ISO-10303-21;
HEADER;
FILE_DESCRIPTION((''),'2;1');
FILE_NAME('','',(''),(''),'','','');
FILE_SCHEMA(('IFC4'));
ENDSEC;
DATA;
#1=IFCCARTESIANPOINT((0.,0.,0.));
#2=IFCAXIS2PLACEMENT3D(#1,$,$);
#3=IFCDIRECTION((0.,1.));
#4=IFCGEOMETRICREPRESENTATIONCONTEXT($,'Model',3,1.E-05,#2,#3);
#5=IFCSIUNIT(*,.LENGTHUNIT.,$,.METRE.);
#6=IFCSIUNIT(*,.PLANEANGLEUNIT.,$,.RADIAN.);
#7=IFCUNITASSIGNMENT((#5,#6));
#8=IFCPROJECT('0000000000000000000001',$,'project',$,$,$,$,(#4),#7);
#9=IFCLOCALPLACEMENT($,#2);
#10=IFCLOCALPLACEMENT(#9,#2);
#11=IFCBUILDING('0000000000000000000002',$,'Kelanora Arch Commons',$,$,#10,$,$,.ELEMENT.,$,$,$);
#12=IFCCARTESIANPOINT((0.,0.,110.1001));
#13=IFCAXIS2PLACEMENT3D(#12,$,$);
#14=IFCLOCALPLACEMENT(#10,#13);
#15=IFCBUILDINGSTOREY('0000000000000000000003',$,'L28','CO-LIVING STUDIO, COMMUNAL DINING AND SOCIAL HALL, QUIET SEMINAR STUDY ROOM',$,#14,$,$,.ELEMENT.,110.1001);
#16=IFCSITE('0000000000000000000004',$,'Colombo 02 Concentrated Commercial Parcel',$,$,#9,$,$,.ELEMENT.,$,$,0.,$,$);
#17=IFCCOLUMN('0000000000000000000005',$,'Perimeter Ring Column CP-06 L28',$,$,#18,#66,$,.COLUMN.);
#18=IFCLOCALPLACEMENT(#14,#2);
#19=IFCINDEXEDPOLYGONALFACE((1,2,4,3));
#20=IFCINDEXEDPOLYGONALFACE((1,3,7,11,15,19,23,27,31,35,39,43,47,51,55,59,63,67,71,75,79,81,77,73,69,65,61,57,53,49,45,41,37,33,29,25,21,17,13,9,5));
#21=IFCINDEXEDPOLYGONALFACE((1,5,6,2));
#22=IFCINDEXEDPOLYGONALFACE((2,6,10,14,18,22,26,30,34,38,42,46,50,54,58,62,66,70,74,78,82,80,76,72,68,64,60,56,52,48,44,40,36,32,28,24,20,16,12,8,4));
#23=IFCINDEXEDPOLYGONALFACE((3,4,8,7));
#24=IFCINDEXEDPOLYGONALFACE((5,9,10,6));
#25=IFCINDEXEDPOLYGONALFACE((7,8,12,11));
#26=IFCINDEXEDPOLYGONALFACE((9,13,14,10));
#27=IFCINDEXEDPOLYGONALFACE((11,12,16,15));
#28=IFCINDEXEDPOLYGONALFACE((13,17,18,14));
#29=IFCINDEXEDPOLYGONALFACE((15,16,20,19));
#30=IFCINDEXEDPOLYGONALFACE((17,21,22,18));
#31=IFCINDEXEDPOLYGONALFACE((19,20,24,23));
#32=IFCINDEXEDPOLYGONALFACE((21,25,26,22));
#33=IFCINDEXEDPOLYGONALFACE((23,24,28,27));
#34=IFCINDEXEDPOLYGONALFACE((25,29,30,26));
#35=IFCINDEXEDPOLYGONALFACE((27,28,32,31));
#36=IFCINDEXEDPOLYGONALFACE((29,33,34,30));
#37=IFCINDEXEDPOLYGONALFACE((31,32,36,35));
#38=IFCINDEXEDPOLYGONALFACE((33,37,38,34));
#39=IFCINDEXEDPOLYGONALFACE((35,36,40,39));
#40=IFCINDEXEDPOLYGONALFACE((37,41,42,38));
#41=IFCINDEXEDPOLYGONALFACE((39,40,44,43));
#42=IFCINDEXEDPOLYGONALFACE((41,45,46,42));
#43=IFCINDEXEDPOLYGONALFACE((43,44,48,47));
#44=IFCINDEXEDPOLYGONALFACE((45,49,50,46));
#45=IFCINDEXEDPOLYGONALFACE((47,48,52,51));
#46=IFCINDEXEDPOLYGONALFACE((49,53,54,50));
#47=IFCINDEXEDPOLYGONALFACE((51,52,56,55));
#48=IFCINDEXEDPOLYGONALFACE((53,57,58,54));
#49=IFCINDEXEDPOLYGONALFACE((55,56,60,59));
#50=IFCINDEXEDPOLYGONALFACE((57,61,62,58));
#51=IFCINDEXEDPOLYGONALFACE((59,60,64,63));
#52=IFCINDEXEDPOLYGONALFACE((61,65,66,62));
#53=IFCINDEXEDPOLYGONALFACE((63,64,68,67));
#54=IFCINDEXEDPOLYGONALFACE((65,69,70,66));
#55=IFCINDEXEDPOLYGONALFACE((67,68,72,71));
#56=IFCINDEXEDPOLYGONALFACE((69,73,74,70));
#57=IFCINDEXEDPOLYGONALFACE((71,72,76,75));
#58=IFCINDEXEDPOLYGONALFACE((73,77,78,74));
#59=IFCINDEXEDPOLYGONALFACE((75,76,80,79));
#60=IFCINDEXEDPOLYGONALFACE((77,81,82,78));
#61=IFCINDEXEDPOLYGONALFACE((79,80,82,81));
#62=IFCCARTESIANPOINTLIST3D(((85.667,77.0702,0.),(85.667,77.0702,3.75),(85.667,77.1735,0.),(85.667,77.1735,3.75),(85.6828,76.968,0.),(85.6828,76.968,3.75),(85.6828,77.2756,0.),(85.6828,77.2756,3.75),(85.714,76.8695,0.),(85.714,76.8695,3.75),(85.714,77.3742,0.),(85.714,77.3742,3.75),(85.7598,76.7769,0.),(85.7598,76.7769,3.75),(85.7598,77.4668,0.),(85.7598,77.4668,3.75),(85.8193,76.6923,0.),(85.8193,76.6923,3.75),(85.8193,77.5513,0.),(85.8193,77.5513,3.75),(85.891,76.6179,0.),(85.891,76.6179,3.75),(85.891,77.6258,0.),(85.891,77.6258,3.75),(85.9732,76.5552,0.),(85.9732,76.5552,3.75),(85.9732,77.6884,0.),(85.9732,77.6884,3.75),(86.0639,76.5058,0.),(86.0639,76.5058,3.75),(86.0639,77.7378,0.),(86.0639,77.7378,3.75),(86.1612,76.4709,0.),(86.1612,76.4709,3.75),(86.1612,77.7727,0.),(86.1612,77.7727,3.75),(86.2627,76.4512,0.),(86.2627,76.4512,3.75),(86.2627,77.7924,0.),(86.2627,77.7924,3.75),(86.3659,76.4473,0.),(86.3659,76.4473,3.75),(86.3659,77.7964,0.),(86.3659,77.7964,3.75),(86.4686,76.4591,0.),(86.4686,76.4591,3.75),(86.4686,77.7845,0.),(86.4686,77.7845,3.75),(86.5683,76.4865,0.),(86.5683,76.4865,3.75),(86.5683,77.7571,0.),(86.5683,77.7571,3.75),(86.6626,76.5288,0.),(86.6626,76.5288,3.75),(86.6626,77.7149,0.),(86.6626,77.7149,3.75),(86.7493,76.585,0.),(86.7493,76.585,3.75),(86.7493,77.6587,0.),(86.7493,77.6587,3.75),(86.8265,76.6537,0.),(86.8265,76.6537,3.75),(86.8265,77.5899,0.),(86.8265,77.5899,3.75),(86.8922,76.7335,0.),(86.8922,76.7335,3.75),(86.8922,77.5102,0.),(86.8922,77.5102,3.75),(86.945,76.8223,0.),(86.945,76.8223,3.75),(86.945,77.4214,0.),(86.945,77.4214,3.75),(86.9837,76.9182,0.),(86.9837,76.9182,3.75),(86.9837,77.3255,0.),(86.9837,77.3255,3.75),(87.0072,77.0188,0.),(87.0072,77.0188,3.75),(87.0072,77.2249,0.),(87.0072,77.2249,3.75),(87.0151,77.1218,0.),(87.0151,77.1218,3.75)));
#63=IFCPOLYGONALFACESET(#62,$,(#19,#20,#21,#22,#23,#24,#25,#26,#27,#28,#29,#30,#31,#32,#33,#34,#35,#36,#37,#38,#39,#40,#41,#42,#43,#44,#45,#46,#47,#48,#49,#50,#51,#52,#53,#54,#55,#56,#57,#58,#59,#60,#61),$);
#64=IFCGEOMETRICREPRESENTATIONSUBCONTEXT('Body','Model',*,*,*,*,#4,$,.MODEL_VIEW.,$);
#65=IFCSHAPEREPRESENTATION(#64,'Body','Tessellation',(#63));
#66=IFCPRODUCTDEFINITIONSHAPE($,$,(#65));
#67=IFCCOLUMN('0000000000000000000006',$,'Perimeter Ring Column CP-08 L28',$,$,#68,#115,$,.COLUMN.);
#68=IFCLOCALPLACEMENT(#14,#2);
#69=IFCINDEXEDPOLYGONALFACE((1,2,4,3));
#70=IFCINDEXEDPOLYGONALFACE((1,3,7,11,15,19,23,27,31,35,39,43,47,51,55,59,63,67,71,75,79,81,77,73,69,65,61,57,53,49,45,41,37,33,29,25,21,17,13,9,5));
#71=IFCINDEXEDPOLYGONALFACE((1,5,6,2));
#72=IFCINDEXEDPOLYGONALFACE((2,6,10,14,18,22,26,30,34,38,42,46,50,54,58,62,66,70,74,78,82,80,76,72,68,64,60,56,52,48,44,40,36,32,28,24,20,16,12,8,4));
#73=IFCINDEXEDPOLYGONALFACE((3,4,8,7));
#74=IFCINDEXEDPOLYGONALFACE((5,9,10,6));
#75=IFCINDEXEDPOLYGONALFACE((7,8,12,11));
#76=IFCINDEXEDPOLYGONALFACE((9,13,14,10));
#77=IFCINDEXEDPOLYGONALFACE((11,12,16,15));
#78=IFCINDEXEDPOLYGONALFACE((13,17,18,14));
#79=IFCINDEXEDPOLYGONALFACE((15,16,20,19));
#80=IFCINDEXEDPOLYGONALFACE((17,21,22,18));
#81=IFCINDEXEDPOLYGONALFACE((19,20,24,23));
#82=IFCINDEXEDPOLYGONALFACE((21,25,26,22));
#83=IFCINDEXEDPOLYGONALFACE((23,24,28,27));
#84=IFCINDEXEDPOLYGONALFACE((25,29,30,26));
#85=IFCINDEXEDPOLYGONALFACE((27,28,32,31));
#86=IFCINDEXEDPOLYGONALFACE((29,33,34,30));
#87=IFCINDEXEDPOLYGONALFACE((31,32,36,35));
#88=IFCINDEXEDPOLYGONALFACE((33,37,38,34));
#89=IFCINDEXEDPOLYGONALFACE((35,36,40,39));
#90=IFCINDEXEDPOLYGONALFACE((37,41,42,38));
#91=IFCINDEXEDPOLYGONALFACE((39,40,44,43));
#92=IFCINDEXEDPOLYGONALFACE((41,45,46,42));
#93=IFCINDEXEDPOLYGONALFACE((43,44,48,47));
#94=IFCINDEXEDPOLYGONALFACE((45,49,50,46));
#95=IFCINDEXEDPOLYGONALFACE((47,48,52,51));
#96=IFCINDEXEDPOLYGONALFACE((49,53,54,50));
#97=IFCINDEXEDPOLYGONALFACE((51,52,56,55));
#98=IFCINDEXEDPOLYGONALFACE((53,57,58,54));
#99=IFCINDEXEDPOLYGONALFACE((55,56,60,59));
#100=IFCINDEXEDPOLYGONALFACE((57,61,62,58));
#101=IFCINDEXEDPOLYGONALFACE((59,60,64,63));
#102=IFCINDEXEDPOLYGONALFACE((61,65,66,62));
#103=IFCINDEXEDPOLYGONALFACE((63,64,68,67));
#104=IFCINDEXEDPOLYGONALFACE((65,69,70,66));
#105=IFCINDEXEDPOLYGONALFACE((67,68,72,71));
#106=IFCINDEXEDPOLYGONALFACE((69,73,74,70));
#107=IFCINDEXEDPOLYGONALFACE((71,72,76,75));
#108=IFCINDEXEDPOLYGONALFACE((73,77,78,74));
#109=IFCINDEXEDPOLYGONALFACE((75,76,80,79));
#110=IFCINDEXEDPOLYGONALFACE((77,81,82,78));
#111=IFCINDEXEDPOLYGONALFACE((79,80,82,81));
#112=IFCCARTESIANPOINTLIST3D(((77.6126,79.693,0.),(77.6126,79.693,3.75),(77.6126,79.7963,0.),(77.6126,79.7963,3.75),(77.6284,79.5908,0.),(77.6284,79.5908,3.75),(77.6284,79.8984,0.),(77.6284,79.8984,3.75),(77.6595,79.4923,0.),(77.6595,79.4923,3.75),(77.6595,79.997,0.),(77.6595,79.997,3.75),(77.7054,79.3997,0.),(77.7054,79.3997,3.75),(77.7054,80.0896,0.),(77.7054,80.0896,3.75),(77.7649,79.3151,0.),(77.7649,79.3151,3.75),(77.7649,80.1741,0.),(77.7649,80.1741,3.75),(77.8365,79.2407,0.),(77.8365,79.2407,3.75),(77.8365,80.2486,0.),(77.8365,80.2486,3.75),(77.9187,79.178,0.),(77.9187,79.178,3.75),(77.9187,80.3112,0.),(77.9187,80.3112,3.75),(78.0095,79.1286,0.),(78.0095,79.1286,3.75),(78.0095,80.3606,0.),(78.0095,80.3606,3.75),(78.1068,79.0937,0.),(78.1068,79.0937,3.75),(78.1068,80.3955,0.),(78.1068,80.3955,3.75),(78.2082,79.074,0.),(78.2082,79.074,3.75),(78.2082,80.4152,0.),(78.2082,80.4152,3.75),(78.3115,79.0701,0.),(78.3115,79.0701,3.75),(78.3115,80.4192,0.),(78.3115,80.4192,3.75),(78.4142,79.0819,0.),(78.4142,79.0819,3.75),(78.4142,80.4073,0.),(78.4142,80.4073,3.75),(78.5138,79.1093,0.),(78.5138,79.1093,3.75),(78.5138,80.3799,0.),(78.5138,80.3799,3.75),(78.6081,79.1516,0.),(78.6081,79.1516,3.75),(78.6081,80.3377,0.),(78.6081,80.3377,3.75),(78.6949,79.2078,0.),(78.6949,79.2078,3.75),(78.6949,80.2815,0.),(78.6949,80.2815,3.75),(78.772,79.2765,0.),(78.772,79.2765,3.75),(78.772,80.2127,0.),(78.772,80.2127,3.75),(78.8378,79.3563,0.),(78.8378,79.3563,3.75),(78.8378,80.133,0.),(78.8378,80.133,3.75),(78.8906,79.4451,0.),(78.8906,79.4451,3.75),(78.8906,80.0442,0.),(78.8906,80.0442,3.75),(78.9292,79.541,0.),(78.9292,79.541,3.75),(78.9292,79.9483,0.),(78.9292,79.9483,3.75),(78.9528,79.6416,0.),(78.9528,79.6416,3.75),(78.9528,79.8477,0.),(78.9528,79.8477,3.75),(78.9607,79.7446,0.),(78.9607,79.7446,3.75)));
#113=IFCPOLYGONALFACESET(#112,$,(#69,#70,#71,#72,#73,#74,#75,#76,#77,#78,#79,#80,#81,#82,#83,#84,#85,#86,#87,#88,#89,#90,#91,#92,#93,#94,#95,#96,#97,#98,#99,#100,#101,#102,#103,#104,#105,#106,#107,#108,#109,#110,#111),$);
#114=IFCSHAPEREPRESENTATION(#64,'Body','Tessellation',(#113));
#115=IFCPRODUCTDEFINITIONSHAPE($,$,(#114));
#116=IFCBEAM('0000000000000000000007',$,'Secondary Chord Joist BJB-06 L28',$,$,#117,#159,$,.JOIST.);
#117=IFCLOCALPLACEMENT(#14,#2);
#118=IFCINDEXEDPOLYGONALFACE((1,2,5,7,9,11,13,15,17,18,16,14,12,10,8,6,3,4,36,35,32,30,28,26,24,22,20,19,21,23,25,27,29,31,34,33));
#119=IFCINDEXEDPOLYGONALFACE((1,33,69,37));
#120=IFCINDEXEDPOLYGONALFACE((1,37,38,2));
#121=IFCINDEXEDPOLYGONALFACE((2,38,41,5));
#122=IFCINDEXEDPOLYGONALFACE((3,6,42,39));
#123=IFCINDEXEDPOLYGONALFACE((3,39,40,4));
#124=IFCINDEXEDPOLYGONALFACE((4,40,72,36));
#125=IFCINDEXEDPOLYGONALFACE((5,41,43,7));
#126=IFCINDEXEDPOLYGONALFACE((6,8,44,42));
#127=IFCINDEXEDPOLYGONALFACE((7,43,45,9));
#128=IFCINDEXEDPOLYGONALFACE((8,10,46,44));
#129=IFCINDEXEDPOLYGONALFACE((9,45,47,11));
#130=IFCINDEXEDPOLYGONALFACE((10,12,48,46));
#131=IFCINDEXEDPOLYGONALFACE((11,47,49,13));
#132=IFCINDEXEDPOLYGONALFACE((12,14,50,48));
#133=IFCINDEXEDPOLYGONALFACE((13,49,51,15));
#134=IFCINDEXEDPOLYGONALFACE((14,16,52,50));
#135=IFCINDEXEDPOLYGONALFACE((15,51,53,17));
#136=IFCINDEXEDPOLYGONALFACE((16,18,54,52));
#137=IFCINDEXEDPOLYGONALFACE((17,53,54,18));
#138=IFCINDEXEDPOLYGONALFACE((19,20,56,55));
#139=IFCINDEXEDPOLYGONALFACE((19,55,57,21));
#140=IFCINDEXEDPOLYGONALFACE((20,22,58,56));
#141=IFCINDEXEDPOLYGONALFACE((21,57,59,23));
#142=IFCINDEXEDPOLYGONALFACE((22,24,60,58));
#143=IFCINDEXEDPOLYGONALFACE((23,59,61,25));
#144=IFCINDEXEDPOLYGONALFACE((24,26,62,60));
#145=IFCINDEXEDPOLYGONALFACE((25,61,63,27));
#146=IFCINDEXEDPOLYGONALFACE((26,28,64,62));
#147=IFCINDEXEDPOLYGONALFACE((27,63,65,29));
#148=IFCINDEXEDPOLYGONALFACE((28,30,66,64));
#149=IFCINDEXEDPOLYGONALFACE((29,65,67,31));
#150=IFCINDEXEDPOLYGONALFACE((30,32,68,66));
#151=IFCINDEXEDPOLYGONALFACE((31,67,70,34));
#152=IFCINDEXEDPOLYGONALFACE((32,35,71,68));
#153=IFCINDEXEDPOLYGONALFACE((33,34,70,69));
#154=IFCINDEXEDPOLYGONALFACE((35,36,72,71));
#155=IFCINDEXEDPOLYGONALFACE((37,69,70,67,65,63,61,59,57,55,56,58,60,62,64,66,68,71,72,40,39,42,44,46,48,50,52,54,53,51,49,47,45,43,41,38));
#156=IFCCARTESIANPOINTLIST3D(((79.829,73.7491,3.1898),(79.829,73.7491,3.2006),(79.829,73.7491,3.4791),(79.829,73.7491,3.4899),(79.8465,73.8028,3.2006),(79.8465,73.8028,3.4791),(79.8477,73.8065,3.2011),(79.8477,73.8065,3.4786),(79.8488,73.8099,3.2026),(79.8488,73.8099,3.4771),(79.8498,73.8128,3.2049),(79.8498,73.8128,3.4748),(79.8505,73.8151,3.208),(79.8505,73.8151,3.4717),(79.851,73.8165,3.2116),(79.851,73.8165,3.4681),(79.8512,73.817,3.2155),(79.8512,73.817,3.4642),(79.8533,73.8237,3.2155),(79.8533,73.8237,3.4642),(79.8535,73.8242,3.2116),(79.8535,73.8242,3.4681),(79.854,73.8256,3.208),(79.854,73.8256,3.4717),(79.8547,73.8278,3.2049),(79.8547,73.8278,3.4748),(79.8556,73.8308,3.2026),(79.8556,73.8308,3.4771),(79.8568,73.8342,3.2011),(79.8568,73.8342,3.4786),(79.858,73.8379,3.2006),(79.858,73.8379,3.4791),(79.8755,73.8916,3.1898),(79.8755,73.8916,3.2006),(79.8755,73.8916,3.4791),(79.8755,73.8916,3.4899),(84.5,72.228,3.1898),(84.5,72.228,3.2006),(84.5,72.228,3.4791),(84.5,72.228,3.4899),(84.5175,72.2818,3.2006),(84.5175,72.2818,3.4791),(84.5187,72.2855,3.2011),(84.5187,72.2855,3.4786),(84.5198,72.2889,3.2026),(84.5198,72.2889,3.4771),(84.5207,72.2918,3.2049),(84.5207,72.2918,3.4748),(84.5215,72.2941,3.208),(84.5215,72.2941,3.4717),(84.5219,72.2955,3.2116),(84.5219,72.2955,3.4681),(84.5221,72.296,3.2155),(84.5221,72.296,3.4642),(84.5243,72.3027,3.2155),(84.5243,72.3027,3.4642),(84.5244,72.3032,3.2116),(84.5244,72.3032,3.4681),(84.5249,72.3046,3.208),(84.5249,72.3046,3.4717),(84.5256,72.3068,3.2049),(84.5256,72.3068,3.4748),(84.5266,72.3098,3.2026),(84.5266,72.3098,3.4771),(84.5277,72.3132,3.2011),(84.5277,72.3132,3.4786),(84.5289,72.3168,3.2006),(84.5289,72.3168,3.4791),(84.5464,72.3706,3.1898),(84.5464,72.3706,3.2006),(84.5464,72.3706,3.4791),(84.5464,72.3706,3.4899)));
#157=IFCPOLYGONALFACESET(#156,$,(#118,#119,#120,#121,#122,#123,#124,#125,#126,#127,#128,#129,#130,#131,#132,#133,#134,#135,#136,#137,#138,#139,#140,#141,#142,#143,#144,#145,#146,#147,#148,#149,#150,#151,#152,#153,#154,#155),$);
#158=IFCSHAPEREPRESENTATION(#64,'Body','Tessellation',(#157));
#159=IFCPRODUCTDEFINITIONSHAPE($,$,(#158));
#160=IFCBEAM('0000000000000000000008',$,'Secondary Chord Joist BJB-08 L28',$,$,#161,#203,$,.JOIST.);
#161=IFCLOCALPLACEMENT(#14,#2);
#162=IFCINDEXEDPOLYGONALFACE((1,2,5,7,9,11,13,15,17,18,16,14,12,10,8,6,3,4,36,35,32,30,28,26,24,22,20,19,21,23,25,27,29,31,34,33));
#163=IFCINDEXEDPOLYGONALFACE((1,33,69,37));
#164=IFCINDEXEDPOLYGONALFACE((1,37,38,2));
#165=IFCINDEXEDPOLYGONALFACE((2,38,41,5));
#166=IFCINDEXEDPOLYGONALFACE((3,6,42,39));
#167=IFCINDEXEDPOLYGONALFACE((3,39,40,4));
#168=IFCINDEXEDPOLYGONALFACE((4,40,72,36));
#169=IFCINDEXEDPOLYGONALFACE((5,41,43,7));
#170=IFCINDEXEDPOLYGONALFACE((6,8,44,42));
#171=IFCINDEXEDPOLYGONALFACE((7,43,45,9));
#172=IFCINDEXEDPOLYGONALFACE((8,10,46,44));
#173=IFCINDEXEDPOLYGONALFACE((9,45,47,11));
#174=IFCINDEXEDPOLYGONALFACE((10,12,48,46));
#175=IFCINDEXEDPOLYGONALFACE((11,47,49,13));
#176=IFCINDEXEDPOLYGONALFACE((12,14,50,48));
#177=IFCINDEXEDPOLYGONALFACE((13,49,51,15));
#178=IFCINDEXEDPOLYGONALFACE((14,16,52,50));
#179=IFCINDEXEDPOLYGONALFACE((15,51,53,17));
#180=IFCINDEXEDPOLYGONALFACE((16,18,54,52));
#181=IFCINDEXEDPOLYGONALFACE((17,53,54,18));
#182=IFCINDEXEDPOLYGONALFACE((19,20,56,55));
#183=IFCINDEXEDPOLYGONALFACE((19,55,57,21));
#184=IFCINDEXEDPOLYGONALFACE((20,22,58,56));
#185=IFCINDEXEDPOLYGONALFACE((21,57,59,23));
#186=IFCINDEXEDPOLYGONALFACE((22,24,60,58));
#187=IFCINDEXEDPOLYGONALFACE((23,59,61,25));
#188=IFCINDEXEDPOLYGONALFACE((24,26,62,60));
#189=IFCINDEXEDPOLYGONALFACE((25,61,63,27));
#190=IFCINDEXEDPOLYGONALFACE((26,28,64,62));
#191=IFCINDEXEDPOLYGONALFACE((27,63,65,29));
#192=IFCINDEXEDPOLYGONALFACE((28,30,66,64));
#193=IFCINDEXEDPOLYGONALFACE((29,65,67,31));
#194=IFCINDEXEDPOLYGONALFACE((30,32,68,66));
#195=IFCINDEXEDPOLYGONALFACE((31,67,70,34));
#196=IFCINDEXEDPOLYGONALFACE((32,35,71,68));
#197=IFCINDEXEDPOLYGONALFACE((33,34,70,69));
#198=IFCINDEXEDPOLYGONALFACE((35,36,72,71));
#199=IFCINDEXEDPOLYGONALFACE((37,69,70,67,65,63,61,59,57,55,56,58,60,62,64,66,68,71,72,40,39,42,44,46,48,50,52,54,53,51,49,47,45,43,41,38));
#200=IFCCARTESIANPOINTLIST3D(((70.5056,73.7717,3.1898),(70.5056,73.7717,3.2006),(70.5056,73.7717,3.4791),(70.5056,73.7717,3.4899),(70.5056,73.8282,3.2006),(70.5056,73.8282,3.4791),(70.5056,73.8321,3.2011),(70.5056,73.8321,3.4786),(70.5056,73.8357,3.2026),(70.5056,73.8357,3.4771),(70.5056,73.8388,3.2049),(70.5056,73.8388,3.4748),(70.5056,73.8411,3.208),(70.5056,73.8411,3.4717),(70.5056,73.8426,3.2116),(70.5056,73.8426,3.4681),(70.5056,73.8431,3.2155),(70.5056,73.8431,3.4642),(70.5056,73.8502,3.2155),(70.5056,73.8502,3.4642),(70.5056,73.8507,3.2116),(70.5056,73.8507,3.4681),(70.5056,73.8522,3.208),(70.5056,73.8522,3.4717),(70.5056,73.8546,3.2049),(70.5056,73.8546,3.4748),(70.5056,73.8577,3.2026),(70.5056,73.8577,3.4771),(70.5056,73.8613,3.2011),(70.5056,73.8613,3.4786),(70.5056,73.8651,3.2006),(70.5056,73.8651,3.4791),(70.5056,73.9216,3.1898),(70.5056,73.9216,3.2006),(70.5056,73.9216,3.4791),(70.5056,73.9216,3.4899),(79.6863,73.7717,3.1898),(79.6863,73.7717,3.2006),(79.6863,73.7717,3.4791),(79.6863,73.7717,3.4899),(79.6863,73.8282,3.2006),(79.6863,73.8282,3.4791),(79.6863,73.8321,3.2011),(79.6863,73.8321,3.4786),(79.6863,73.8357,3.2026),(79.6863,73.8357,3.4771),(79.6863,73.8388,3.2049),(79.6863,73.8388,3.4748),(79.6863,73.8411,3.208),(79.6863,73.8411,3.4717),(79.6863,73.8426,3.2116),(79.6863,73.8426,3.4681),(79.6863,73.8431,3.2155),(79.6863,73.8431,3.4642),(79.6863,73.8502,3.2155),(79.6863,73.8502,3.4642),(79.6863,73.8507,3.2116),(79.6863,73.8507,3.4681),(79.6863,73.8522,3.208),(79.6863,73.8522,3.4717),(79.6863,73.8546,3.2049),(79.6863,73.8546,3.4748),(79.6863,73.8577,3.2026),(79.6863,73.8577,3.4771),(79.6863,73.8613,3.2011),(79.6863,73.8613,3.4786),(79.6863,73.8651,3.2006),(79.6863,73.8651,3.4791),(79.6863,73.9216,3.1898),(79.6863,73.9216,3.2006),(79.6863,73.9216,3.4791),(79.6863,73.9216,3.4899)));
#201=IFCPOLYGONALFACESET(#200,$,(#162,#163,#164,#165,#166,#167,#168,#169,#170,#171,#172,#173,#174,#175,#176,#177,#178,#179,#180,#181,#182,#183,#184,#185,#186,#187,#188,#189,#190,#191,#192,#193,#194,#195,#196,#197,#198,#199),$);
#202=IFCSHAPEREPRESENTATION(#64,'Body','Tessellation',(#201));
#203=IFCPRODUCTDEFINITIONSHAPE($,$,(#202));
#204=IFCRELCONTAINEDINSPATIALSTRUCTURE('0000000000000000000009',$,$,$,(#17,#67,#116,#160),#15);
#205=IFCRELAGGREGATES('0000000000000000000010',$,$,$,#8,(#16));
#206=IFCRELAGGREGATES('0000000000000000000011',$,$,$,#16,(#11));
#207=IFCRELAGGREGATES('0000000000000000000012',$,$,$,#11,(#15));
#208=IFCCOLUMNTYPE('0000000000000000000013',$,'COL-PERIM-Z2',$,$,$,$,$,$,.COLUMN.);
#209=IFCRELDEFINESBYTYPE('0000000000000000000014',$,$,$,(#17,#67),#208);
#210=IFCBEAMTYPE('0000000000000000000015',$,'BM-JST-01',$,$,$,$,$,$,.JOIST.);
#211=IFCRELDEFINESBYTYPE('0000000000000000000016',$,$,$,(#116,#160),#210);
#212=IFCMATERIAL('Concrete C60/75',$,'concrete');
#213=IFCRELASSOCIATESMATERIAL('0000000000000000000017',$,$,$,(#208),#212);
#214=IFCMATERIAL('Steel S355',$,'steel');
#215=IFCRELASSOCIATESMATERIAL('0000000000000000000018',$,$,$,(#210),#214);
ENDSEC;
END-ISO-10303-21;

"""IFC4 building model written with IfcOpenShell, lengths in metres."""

from ifc_helpers import new_model, si_unit, direction, frame, origin, origin_2d, place, context, subcontext, project, spatial, circle, i_section, extrude, material, material_profile, profile_set, type_object, element, save


model = new_model("IFC4")

# Units and contexts
model_context = context("Model", 3, precision=1e-05, world=origin(), true_north=direction((0.0, 1.0)))
body_context = subcontext(model_context, "Body", "Model", "MODEL_VIEW")
ifc_project = project(units=[si_unit("LENGTHUNIT", "METRE"), si_unit("PLANEANGLEUNIT", "RADIAN")], contexts=[model_context])

# Site, building, storey
site_placement = place(None, origin())
site = spatial("IfcSite", under=ifc_project, at=site_placement, Name="Colombo 02 Concentrated Commercial Parcel", CompositionType="ELEMENT", RefElevation=0.0)
building_placement = place(site_placement, origin())
building = spatial("IfcBuilding", under=site, at=building_placement, Name="Kelanora Arch Commons", CompositionType="ELEMENT")
storey_placement = place(building_placement, frame((0.0, 0.0, 110.1001)))
storey = spatial("IfcBuildingStorey", under=building, at=storey_placement, Name="L28", Description="CO-LIVING STUDIO, COMMUNAL DINING AND SOCIAL HALL, QUIET SEMINAR STUDY ROOM", CompositionType="ELEMENT", Elevation=110.1001)

# Columns
ifc_material_1 = material(Name="Concrete C60/75", Category="concrete")
ifc_material_profile_1 = material_profile(ifc_material_1, circle(Radius=0.675, at=origin_2d()), Name="RCC1350")
ifc_profile_set_1 = profile_set([ifc_material_profile_1], Name="Concrete C60/75")
column_type = type_object("IfcColumnType", Name="COL-PERIM-Z2", PredefinedType="COLUMN", material=ifc_profile_set_1)
for number, where, z_axis, x_axis, name in (
    (1, (86.3401, 77.1218, 0.0), (0.0, 0.0, 1.0), (1.0, 0.0, 0.0), "Perimeter Ring Column CP-06 L28"),
    (2, (78.2856, 79.7446, 0.0), (0.0, 0.0, 1.0), (1.0, 0.0, 0.0), "Perimeter Ring Column CP-08 L28"),
):
    element("IfcColumn", number, at=place(storey_placement, frame(where, z_axis=z_axis, x_axis=x_axis)), inside=storey, type_object=column_type, Name=name, PredefinedType="COLUMN", context=body_context, shape_type="SweptSolid", body=[
        extrude(circle(Radius=0.675, at=origin_2d()), origin(), (0.0, 0.0, 1.0), 3.75),
    ])

# Beams
ifc_material_2 = material(Name="Steel S355", Category="steel")
ifc_material_profile_2 = material_profile(ifc_material_2, i_section(OverallWidth=0.1499, OverallDepth=0.3, WebThickness=0.0071, FlangeThickness=0.0107, FilletRadius=0.0149, at=origin_2d()), Name="IPE300")
ifc_profile_set_2 = profile_set([ifc_material_profile_2], Name="Steel S355")
beam_type_1 = type_object("IfcBeamType", Name="BM-JST-01", PredefinedType="JOIST", material=ifc_profile_set_2)
beam_1_placement = place(storey_placement, frame((84.5232, 72.2993, 3.3398), z_axis=(-0.950857, 0.30963, 0.0), x_axis=(-0.30963, -0.950857, 0.0)))
element("IfcBeam", 3, at=beam_1_placement, inside=storey, type_object=beam_type_1, Name="Secondary Chord Joist BJB-06 L28", PredefinedType="JOIST", context=body_context, shape_type="SweptSolid", body=[
    extrude(i_section(OverallWidth=0.1499, OverallDepth=0.3, WebThickness=0.0071, FlangeThickness=0.0107, FilletRadius=0.0149, at=origin_2d()), origin(), (0.0, 0.0, 1.0), 4.9124),
])
beam_2_placement = place(storey_placement, frame((79.6863, 73.8467, 3.3398), z_axis=(-1.0, 0.0, 0.0), x_axis=(0.0, -1.0, 0.0)))
element("IfcBeam", 4, at=beam_2_placement, inside=storey, type_object=beam_type_1, Name="Secondary Chord Joist BJB-08 L28", PredefinedType="JOIST", context=body_context, shape_type="SweptSolid", body=[
    extrude(i_section(OverallWidth=0.1499, OverallDepth=0.3, WebThickness=0.0071, FlangeThickness=0.0107, FilletRadius=0.0149, at=origin_2d()), origin(), (0.0, 0.0, 1.0), 9.1807),
])

save(model, "model.ifc")
